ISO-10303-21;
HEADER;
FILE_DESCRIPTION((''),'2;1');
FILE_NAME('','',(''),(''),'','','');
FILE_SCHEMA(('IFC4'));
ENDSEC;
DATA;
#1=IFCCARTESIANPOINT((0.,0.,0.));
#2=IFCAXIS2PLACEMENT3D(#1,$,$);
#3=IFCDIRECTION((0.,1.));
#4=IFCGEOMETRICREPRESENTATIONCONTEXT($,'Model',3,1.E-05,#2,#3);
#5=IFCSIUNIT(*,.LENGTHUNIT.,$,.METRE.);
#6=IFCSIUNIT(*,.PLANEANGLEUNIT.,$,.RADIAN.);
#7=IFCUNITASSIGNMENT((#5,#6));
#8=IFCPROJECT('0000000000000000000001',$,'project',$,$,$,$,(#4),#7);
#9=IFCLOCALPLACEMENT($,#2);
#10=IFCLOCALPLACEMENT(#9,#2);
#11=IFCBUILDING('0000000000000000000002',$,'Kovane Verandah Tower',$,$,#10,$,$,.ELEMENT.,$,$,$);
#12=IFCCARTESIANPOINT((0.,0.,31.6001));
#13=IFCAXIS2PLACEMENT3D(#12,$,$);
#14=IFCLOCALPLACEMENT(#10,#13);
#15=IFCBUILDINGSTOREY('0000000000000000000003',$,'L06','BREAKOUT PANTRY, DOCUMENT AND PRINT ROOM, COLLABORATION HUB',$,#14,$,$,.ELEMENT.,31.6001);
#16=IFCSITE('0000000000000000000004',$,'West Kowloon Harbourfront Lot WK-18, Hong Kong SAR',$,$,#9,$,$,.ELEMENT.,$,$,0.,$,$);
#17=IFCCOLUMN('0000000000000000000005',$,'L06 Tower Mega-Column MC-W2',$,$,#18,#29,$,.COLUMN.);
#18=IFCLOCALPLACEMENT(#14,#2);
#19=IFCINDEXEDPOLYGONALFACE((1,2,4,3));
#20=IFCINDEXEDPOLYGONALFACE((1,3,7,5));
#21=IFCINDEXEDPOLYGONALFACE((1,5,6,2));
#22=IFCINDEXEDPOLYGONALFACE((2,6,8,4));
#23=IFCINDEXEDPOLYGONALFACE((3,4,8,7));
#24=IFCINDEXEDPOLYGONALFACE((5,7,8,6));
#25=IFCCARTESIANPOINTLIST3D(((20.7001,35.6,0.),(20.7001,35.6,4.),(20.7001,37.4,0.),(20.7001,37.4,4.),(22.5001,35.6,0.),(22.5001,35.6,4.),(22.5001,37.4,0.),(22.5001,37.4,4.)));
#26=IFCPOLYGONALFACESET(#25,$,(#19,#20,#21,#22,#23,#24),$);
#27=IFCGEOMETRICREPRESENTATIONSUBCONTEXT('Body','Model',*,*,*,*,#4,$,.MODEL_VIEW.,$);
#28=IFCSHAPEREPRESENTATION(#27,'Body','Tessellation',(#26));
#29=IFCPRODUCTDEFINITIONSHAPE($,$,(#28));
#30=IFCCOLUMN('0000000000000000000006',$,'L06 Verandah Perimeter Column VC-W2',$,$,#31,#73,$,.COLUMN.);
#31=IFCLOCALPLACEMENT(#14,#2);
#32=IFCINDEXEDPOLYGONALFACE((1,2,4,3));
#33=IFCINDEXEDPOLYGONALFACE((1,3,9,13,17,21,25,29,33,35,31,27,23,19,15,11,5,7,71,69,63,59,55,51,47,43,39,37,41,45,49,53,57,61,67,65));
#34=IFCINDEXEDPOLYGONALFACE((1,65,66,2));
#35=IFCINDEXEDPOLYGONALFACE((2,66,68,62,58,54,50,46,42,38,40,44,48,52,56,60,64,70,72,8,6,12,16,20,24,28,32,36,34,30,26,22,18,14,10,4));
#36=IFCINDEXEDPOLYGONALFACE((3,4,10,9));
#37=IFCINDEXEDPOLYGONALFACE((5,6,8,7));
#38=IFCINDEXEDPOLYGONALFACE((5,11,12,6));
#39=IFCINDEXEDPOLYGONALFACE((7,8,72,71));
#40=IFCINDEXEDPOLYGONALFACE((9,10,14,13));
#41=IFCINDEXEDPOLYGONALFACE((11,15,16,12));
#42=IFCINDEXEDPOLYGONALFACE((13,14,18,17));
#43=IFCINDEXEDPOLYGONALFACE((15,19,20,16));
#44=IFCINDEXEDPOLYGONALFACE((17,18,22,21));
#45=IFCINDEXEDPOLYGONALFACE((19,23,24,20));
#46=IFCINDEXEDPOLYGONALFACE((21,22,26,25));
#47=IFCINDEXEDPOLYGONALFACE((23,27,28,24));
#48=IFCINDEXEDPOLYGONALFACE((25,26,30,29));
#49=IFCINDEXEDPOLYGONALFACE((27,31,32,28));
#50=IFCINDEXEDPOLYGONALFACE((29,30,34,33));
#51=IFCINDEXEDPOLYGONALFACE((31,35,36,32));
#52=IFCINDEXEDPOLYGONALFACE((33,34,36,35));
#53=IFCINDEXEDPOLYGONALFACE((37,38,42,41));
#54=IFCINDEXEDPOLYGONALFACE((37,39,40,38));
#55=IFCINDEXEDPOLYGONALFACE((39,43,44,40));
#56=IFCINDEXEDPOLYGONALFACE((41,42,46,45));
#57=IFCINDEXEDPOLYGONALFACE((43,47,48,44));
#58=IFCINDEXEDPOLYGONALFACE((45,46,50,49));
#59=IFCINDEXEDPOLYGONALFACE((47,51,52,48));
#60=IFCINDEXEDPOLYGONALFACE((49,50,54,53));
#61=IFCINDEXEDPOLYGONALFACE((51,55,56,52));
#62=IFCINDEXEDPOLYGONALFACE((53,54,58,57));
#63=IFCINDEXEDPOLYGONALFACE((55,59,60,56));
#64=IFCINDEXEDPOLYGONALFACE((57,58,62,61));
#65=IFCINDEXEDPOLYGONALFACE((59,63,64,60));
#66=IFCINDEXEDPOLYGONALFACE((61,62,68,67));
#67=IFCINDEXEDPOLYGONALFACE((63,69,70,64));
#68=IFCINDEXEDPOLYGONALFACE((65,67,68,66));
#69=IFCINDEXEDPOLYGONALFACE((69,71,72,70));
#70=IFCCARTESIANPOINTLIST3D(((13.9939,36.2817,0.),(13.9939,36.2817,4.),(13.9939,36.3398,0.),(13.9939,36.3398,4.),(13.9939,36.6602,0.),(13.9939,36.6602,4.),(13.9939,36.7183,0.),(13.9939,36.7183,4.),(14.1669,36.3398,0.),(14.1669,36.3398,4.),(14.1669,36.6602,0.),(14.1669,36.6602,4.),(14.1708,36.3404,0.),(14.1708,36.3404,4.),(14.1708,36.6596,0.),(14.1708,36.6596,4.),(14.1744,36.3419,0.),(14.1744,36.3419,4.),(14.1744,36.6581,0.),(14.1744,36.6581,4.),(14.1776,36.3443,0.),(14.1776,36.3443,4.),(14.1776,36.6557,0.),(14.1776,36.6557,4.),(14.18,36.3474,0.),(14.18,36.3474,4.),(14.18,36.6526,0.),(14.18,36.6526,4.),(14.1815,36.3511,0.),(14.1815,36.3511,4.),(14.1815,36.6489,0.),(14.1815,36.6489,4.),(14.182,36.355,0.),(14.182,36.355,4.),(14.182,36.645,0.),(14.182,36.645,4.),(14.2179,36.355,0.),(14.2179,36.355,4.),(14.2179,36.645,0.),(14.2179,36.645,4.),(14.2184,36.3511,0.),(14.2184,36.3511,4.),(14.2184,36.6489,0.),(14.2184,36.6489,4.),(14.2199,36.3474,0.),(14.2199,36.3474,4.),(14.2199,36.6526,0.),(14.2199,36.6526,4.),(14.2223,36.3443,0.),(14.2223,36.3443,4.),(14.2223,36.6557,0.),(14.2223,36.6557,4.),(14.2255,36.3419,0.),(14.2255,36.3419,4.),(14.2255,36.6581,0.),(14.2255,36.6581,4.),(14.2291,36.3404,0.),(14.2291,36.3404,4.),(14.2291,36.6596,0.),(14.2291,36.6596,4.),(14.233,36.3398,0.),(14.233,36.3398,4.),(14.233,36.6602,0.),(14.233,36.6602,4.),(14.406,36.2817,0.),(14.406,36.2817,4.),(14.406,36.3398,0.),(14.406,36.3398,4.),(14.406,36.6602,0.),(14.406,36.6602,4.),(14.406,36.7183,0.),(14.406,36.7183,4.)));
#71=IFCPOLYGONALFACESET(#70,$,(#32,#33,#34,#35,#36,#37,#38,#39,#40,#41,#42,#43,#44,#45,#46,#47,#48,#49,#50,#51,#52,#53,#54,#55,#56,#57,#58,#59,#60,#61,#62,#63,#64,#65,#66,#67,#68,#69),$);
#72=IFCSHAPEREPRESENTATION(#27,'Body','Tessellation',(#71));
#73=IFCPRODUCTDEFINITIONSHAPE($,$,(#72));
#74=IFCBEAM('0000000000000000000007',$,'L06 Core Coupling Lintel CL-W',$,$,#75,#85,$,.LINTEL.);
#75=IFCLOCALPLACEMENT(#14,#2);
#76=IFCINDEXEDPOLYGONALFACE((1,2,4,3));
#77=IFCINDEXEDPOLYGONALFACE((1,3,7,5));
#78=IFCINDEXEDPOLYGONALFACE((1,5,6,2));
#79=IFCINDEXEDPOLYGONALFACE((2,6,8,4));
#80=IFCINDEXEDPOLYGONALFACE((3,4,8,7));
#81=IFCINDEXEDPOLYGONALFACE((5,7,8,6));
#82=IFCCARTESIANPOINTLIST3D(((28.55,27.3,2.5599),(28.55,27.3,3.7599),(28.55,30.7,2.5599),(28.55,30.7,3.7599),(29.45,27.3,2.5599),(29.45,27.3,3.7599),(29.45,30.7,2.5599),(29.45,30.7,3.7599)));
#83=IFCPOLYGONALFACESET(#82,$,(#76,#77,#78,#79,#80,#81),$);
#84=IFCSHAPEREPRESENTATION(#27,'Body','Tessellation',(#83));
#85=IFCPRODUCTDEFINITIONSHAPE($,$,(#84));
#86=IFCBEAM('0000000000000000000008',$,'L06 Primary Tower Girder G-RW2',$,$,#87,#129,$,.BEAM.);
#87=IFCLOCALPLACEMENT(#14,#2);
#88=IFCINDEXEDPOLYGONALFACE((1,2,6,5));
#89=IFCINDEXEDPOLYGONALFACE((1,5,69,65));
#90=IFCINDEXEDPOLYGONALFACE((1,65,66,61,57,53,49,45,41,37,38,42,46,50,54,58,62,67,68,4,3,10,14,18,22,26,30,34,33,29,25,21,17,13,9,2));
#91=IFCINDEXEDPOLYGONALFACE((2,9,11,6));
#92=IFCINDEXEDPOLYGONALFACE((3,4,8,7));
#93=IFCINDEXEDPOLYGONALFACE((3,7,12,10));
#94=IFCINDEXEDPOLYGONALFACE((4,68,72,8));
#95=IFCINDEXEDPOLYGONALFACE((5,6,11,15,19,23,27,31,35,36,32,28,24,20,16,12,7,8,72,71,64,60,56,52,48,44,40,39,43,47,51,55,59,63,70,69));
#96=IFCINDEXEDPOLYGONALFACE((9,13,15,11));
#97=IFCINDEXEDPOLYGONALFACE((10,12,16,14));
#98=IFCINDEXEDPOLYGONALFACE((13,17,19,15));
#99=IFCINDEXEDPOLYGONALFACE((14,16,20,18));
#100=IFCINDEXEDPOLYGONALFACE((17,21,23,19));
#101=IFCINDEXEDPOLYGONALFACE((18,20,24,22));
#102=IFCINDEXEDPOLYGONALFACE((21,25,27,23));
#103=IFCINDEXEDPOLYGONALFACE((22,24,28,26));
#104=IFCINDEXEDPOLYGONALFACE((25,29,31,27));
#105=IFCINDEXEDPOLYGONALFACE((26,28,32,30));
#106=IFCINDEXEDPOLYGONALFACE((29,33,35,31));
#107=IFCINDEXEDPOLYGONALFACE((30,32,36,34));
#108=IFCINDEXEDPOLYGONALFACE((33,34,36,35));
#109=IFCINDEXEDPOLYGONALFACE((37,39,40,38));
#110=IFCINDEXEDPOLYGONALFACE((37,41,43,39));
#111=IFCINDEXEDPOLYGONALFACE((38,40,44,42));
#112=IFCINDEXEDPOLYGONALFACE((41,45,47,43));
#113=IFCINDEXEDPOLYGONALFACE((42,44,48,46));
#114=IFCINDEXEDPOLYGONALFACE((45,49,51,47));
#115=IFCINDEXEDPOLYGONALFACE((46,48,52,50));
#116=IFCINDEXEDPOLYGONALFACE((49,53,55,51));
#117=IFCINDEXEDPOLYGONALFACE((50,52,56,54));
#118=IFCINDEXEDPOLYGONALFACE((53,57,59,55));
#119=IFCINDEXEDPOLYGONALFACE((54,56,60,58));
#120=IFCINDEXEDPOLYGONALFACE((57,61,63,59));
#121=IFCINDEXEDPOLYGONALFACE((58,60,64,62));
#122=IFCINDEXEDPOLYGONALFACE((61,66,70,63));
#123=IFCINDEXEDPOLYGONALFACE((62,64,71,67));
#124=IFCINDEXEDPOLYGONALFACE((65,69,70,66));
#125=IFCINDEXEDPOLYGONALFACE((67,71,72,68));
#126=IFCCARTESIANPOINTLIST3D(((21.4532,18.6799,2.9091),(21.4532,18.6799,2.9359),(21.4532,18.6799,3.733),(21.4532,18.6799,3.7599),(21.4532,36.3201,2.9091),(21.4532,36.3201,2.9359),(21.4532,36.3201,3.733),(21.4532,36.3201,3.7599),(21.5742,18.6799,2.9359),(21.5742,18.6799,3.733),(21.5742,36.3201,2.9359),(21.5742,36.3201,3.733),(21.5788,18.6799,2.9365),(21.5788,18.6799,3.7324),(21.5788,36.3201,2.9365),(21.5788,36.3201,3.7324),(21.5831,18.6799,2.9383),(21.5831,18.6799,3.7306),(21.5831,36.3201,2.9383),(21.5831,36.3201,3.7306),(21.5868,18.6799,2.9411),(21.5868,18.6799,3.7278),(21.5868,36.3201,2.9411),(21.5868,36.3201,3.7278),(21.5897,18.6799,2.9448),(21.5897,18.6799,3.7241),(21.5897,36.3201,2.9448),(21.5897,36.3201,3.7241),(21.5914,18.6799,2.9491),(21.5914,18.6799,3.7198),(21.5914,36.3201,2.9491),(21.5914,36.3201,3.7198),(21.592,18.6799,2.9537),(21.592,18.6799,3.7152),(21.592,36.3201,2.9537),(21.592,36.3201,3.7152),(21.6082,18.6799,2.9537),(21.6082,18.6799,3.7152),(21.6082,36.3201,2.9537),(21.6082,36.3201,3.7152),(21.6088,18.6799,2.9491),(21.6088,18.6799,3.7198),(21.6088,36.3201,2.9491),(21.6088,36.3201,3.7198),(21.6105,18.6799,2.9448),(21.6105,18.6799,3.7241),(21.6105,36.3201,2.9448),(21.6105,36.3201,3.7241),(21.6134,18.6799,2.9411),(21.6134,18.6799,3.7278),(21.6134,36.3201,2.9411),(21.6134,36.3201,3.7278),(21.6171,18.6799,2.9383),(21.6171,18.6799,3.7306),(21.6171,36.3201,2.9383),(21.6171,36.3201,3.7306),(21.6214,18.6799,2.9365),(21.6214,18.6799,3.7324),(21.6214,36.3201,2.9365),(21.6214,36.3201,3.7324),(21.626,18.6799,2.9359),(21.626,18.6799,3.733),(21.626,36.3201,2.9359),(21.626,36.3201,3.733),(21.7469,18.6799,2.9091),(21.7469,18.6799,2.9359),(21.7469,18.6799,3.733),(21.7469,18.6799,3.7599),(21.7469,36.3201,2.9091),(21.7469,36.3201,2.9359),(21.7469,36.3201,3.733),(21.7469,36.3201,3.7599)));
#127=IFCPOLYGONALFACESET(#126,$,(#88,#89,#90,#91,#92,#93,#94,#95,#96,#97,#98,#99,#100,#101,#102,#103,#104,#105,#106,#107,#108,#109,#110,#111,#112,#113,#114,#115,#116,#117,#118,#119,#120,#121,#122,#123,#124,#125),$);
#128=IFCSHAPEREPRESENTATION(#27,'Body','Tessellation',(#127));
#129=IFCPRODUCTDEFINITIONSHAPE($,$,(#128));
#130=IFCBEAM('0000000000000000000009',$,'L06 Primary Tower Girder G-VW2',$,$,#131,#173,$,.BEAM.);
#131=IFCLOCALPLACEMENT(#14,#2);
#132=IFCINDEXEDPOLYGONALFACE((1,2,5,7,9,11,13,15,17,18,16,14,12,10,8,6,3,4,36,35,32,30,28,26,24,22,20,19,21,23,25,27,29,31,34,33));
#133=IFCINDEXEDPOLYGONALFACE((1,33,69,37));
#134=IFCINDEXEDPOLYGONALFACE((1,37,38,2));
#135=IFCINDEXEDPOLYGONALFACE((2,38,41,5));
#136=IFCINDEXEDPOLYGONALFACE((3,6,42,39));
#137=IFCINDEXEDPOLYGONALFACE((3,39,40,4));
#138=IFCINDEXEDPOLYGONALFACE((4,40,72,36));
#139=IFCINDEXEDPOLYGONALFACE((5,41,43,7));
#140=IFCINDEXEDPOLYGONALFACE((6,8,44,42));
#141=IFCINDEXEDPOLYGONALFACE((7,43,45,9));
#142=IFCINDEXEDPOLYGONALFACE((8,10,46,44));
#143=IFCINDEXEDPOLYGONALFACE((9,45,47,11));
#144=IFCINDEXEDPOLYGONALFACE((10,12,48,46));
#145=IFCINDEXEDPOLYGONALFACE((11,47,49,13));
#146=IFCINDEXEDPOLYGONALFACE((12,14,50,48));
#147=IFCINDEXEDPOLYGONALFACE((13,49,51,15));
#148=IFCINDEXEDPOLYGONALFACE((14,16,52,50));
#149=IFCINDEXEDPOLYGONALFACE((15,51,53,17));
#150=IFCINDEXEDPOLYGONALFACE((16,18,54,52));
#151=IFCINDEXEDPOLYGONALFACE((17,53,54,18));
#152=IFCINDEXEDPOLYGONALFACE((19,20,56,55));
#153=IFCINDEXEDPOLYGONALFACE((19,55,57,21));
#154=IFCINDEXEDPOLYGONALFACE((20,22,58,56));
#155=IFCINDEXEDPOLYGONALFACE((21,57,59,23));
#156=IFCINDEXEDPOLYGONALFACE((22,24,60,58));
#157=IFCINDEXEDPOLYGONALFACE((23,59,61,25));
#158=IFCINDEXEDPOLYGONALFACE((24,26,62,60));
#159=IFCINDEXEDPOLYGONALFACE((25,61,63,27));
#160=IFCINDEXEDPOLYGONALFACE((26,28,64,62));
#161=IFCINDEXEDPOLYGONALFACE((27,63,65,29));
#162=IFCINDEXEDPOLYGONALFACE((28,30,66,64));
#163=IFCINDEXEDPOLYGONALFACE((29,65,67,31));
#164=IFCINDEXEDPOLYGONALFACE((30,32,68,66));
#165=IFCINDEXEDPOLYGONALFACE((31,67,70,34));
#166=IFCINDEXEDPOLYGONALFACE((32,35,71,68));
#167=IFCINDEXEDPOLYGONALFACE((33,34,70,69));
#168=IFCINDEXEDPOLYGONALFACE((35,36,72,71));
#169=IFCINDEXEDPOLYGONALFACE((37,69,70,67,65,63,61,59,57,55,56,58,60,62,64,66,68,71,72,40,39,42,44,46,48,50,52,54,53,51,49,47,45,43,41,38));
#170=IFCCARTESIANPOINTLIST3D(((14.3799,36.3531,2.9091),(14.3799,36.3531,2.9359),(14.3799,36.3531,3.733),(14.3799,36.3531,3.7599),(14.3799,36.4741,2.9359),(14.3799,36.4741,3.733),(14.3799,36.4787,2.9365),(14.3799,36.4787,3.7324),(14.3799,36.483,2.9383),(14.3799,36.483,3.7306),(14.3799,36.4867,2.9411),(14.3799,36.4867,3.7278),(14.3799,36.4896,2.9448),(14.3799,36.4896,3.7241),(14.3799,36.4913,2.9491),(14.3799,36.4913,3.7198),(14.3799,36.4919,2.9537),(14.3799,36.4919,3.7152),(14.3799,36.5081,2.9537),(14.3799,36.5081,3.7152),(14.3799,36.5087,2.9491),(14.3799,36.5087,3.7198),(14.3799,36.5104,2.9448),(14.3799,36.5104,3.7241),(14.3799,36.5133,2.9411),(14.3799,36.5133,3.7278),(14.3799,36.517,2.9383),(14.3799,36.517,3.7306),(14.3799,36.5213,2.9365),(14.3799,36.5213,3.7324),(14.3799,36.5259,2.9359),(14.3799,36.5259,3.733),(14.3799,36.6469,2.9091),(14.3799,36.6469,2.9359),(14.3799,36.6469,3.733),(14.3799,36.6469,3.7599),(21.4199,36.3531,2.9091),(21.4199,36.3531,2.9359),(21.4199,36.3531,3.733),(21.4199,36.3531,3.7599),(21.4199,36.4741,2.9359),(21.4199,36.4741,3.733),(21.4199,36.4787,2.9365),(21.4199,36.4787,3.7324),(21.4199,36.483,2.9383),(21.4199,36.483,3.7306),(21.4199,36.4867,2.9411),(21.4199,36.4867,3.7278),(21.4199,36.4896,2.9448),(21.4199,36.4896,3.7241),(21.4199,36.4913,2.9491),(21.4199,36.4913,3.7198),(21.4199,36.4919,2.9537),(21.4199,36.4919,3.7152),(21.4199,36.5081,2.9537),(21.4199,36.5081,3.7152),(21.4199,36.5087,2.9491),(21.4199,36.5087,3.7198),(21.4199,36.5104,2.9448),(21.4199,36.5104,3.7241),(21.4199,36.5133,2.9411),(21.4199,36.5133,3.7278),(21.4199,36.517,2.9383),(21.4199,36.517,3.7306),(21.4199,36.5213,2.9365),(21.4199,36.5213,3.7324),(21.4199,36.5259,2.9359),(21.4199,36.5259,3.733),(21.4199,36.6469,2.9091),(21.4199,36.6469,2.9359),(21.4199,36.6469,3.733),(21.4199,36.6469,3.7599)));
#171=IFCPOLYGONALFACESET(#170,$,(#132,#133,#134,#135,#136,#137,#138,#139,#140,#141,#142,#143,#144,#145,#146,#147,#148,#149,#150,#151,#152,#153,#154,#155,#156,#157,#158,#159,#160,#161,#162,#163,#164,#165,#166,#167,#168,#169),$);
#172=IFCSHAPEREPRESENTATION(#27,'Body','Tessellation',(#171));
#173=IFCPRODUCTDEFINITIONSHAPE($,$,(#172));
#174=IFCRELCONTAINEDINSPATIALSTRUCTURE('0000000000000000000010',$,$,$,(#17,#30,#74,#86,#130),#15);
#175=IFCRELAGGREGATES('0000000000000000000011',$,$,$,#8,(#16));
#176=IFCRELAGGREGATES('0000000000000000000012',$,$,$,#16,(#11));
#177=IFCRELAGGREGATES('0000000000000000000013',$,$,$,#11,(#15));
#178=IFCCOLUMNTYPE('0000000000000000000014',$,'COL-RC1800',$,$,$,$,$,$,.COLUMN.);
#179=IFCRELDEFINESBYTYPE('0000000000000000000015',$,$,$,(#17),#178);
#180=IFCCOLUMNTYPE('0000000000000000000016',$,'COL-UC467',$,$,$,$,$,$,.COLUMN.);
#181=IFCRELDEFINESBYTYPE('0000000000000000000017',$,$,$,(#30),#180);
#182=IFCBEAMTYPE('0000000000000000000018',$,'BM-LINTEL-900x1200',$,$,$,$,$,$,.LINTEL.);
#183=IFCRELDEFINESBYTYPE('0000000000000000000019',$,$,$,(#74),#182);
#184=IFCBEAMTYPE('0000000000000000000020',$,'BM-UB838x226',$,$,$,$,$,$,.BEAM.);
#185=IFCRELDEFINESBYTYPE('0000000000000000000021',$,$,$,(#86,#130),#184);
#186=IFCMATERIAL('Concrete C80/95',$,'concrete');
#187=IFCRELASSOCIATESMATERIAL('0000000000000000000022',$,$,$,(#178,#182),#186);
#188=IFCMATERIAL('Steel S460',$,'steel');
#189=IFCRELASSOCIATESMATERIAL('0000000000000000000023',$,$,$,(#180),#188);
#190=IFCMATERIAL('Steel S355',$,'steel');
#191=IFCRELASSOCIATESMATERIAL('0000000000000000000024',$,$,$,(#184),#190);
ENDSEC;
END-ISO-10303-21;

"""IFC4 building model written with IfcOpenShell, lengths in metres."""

from ifc_helpers import new_model, si_unit, direction, frame, origin, origin_2d, place, context, subcontext, project, spatial, rectangle, i_section, extrude, material, material_profile, profile_set, type_object, element, save


model = new_model("IFC4")

# Units and contexts
model_context = context("Model", 3, precision=1e-05, world=origin(), true_north=direction((0.0, 1.0)))
body_context = subcontext(model_context, "Body", "Model", "MODEL_VIEW")
ifc_project = project(units=[si_unit("LENGTHUNIT", "METRE"), si_unit("PLANEANGLEUNIT", "RADIAN")], contexts=[model_context])

# Site, building, storey
site_placement = place(None, origin())
site = spatial("IfcSite", under=ifc_project, at=site_placement, Name="West Kowloon Harbourfront Lot WK-18, Hong Kong SAR", CompositionType="ELEMENT", RefElevation=0.0)
building_placement = place(site_placement, origin())
building = spatial("IfcBuilding", under=site, at=building_placement, Name="Kovane Verandah Tower", CompositionType="ELEMENT")
storey_placement = place(building_placement, frame((0.0, 0.0, 31.6001)))
storey = spatial("IfcBuildingStorey", under=building, at=storey_placement, Name="L06", Description="BREAKOUT PANTRY, DOCUMENT AND PRINT ROOM, COLLABORATION HUB", CompositionType="ELEMENT", Elevation=31.6001)

# Columns
ifc_material_1 = material(Name="Concrete C80/95", Category="concrete")
ifc_material_profile_1 = material_profile(ifc_material_1, rectangle(XDim=1.8, YDim=1.8, at=origin_2d()), Name="RC1800x1800")
ifc_profile_set_1 = profile_set([ifc_material_profile_1], Name="Concrete C80/95")
column_type_1 = type_object("IfcColumnType", Name="COL-RC1800", PredefinedType="COLUMN", material=ifc_profile_set_1)
column_1_placement = place(storey_placement, frame((21.6001, 36.5, 0.0), z_axis=(0.0, 0.0, 1.0), x_axis=(1.0, 0.0, 0.0)))
element("IfcColumn", 1, at=column_1_placement, inside=storey, type_object=column_type_1, Name="L06 Tower Mega-Column MC-W2", PredefinedType="COLUMN", context=body_context, shape_type="SweptSolid", body=[
    extrude(rectangle(XDim=1.8, YDim=1.8, at=origin_2d()), origin(), (0.0, 0.0, 1.0), 4.0),
])
ifc_material_2 = material(Name="Steel S460", Category="steel")
ifc_material_profile_2 = material_profile(ifc_material_2, i_section(OverallWidth=0.4121, OverallDepth=0.4365, WebThickness=0.0359, FlangeThickness=0.0581, FilletRadius=0.0151, at=origin_2d()), Name="UC356x406x467")
ifc_profile_set_2 = profile_set([ifc_material_profile_2], Name="Steel S460")
column_type_2 = type_object("IfcColumnType", Name="COL-UC467", PredefinedType="COLUMN", material=ifc_profile_set_2)
column_2_placement = place(storey_placement, frame((14.2, 36.5, 0.0), z_axis=(0.0, 0.0, 1.0), x_axis=(1.0, 0.0, 0.0)))
element("IfcColumn", 2, at=column_2_placement, inside=storey, type_object=column_type_2, Name="L06 Verandah Perimeter Column VC-W2", PredefinedType="COLUMN", context=body_context, shape_type="SweptSolid", body=[
    extrude(i_section(OverallWidth=0.4121, OverallDepth=0.4365, WebThickness=0.0359, FlangeThickness=0.0581, FilletRadius=0.0151, at=origin_2d()), origin(), (0.0, 0.0, 1.0), 4.0),
])

# Beams
ifc_material_profile_3 = material_profile(ifc_material_1, rectangle(XDim=0.8999, YDim=1.2, at=origin_2d()), Name="RCB900x1200")
ifc_profile_set_3 = profile_set([ifc_material_profile_3], Name="Concrete C80/95")
beam_type_1 = type_object("IfcBeamType", Name="BM-LINTEL-900x1200", PredefinedType="LINTEL", material=ifc_profile_set_3)
beam_1_placement = place(storey_placement, frame((29.0, 27.3, 3.1599), z_axis=(0.0, 1.0, 0.0), x_axis=(-1.0, 0.0, 0.0)))
element("IfcBeam", 3, at=beam_1_placement, inside=storey, type_object=beam_type_1, Name="L06 Core Coupling Lintel CL-W", PredefinedType="LINTEL", context=body_context, shape_type="SweptSolid", body=[
    extrude(rectangle(XDim=0.8999, YDim=1.2, at=origin_2d()), origin(), (0.0, 0.0, 1.0), 3.3999),
])
ifc_material_3 = material(Name="Steel S355", Category="steel")
ifc_material_profile_4 = material_profile(ifc_material_3, i_section(OverallWidth=0.2937, OverallDepth=0.8508, WebThickness=0.0161, FlangeThickness=0.0269, FilletRadius=0.0178, at=origin_2d()), Name="UB838x292x226")
ifc_profile_set_4 = profile_set([ifc_material_profile_4], Name="Steel S355")
beam_type_2 = type_object("IfcBeamType", Name="BM-UB838x226", PredefinedType="BEAM", material=ifc_profile_set_4)
beam_2_placement = place(storey_placement, frame((21.6001, 18.6799, 3.3345), z_axis=(0.0, 1.0, 0.0), x_axis=(-1.0, 0.0, 0.0)))
element("IfcBeam", 4, at=beam_2_placement, inside=storey, type_object=beam_type_2, Name="L06 Primary Tower Girder G-RW2", PredefinedType="BEAM", context=body_context, shape_type="SweptSolid", body=[
    extrude(i_section(OverallWidth=0.2937, OverallDepth=0.8508, WebThickness=0.0161, FlangeThickness=0.0269, FilletRadius=0.0178, at=origin_2d()), origin(), (0.0, 0.0, 1.0), 17.6401),
])
beam_3_placement = place(storey_placement, frame((21.4199, 36.5, 3.3345), z_axis=(-1.0, 0.0, 0.0), x_axis=(0.0, -1.0, 0.0)))
element("IfcBeam", 5, at=beam_3_placement, inside=storey, type_object=beam_type_2, Name="L06 Primary Tower Girder G-VW2", PredefinedType="BEAM", context=body_context, shape_type="SweptSolid", body=[
    extrude(i_section(OverallWidth=0.2937, OverallDepth=0.8508, WebThickness=0.0161, FlangeThickness=0.0269, FilletRadius=0.0178, at=origin_2d()), origin(), (0.0, 0.0, 1.0), 7.04),
])

save(model, "model.ifc")
